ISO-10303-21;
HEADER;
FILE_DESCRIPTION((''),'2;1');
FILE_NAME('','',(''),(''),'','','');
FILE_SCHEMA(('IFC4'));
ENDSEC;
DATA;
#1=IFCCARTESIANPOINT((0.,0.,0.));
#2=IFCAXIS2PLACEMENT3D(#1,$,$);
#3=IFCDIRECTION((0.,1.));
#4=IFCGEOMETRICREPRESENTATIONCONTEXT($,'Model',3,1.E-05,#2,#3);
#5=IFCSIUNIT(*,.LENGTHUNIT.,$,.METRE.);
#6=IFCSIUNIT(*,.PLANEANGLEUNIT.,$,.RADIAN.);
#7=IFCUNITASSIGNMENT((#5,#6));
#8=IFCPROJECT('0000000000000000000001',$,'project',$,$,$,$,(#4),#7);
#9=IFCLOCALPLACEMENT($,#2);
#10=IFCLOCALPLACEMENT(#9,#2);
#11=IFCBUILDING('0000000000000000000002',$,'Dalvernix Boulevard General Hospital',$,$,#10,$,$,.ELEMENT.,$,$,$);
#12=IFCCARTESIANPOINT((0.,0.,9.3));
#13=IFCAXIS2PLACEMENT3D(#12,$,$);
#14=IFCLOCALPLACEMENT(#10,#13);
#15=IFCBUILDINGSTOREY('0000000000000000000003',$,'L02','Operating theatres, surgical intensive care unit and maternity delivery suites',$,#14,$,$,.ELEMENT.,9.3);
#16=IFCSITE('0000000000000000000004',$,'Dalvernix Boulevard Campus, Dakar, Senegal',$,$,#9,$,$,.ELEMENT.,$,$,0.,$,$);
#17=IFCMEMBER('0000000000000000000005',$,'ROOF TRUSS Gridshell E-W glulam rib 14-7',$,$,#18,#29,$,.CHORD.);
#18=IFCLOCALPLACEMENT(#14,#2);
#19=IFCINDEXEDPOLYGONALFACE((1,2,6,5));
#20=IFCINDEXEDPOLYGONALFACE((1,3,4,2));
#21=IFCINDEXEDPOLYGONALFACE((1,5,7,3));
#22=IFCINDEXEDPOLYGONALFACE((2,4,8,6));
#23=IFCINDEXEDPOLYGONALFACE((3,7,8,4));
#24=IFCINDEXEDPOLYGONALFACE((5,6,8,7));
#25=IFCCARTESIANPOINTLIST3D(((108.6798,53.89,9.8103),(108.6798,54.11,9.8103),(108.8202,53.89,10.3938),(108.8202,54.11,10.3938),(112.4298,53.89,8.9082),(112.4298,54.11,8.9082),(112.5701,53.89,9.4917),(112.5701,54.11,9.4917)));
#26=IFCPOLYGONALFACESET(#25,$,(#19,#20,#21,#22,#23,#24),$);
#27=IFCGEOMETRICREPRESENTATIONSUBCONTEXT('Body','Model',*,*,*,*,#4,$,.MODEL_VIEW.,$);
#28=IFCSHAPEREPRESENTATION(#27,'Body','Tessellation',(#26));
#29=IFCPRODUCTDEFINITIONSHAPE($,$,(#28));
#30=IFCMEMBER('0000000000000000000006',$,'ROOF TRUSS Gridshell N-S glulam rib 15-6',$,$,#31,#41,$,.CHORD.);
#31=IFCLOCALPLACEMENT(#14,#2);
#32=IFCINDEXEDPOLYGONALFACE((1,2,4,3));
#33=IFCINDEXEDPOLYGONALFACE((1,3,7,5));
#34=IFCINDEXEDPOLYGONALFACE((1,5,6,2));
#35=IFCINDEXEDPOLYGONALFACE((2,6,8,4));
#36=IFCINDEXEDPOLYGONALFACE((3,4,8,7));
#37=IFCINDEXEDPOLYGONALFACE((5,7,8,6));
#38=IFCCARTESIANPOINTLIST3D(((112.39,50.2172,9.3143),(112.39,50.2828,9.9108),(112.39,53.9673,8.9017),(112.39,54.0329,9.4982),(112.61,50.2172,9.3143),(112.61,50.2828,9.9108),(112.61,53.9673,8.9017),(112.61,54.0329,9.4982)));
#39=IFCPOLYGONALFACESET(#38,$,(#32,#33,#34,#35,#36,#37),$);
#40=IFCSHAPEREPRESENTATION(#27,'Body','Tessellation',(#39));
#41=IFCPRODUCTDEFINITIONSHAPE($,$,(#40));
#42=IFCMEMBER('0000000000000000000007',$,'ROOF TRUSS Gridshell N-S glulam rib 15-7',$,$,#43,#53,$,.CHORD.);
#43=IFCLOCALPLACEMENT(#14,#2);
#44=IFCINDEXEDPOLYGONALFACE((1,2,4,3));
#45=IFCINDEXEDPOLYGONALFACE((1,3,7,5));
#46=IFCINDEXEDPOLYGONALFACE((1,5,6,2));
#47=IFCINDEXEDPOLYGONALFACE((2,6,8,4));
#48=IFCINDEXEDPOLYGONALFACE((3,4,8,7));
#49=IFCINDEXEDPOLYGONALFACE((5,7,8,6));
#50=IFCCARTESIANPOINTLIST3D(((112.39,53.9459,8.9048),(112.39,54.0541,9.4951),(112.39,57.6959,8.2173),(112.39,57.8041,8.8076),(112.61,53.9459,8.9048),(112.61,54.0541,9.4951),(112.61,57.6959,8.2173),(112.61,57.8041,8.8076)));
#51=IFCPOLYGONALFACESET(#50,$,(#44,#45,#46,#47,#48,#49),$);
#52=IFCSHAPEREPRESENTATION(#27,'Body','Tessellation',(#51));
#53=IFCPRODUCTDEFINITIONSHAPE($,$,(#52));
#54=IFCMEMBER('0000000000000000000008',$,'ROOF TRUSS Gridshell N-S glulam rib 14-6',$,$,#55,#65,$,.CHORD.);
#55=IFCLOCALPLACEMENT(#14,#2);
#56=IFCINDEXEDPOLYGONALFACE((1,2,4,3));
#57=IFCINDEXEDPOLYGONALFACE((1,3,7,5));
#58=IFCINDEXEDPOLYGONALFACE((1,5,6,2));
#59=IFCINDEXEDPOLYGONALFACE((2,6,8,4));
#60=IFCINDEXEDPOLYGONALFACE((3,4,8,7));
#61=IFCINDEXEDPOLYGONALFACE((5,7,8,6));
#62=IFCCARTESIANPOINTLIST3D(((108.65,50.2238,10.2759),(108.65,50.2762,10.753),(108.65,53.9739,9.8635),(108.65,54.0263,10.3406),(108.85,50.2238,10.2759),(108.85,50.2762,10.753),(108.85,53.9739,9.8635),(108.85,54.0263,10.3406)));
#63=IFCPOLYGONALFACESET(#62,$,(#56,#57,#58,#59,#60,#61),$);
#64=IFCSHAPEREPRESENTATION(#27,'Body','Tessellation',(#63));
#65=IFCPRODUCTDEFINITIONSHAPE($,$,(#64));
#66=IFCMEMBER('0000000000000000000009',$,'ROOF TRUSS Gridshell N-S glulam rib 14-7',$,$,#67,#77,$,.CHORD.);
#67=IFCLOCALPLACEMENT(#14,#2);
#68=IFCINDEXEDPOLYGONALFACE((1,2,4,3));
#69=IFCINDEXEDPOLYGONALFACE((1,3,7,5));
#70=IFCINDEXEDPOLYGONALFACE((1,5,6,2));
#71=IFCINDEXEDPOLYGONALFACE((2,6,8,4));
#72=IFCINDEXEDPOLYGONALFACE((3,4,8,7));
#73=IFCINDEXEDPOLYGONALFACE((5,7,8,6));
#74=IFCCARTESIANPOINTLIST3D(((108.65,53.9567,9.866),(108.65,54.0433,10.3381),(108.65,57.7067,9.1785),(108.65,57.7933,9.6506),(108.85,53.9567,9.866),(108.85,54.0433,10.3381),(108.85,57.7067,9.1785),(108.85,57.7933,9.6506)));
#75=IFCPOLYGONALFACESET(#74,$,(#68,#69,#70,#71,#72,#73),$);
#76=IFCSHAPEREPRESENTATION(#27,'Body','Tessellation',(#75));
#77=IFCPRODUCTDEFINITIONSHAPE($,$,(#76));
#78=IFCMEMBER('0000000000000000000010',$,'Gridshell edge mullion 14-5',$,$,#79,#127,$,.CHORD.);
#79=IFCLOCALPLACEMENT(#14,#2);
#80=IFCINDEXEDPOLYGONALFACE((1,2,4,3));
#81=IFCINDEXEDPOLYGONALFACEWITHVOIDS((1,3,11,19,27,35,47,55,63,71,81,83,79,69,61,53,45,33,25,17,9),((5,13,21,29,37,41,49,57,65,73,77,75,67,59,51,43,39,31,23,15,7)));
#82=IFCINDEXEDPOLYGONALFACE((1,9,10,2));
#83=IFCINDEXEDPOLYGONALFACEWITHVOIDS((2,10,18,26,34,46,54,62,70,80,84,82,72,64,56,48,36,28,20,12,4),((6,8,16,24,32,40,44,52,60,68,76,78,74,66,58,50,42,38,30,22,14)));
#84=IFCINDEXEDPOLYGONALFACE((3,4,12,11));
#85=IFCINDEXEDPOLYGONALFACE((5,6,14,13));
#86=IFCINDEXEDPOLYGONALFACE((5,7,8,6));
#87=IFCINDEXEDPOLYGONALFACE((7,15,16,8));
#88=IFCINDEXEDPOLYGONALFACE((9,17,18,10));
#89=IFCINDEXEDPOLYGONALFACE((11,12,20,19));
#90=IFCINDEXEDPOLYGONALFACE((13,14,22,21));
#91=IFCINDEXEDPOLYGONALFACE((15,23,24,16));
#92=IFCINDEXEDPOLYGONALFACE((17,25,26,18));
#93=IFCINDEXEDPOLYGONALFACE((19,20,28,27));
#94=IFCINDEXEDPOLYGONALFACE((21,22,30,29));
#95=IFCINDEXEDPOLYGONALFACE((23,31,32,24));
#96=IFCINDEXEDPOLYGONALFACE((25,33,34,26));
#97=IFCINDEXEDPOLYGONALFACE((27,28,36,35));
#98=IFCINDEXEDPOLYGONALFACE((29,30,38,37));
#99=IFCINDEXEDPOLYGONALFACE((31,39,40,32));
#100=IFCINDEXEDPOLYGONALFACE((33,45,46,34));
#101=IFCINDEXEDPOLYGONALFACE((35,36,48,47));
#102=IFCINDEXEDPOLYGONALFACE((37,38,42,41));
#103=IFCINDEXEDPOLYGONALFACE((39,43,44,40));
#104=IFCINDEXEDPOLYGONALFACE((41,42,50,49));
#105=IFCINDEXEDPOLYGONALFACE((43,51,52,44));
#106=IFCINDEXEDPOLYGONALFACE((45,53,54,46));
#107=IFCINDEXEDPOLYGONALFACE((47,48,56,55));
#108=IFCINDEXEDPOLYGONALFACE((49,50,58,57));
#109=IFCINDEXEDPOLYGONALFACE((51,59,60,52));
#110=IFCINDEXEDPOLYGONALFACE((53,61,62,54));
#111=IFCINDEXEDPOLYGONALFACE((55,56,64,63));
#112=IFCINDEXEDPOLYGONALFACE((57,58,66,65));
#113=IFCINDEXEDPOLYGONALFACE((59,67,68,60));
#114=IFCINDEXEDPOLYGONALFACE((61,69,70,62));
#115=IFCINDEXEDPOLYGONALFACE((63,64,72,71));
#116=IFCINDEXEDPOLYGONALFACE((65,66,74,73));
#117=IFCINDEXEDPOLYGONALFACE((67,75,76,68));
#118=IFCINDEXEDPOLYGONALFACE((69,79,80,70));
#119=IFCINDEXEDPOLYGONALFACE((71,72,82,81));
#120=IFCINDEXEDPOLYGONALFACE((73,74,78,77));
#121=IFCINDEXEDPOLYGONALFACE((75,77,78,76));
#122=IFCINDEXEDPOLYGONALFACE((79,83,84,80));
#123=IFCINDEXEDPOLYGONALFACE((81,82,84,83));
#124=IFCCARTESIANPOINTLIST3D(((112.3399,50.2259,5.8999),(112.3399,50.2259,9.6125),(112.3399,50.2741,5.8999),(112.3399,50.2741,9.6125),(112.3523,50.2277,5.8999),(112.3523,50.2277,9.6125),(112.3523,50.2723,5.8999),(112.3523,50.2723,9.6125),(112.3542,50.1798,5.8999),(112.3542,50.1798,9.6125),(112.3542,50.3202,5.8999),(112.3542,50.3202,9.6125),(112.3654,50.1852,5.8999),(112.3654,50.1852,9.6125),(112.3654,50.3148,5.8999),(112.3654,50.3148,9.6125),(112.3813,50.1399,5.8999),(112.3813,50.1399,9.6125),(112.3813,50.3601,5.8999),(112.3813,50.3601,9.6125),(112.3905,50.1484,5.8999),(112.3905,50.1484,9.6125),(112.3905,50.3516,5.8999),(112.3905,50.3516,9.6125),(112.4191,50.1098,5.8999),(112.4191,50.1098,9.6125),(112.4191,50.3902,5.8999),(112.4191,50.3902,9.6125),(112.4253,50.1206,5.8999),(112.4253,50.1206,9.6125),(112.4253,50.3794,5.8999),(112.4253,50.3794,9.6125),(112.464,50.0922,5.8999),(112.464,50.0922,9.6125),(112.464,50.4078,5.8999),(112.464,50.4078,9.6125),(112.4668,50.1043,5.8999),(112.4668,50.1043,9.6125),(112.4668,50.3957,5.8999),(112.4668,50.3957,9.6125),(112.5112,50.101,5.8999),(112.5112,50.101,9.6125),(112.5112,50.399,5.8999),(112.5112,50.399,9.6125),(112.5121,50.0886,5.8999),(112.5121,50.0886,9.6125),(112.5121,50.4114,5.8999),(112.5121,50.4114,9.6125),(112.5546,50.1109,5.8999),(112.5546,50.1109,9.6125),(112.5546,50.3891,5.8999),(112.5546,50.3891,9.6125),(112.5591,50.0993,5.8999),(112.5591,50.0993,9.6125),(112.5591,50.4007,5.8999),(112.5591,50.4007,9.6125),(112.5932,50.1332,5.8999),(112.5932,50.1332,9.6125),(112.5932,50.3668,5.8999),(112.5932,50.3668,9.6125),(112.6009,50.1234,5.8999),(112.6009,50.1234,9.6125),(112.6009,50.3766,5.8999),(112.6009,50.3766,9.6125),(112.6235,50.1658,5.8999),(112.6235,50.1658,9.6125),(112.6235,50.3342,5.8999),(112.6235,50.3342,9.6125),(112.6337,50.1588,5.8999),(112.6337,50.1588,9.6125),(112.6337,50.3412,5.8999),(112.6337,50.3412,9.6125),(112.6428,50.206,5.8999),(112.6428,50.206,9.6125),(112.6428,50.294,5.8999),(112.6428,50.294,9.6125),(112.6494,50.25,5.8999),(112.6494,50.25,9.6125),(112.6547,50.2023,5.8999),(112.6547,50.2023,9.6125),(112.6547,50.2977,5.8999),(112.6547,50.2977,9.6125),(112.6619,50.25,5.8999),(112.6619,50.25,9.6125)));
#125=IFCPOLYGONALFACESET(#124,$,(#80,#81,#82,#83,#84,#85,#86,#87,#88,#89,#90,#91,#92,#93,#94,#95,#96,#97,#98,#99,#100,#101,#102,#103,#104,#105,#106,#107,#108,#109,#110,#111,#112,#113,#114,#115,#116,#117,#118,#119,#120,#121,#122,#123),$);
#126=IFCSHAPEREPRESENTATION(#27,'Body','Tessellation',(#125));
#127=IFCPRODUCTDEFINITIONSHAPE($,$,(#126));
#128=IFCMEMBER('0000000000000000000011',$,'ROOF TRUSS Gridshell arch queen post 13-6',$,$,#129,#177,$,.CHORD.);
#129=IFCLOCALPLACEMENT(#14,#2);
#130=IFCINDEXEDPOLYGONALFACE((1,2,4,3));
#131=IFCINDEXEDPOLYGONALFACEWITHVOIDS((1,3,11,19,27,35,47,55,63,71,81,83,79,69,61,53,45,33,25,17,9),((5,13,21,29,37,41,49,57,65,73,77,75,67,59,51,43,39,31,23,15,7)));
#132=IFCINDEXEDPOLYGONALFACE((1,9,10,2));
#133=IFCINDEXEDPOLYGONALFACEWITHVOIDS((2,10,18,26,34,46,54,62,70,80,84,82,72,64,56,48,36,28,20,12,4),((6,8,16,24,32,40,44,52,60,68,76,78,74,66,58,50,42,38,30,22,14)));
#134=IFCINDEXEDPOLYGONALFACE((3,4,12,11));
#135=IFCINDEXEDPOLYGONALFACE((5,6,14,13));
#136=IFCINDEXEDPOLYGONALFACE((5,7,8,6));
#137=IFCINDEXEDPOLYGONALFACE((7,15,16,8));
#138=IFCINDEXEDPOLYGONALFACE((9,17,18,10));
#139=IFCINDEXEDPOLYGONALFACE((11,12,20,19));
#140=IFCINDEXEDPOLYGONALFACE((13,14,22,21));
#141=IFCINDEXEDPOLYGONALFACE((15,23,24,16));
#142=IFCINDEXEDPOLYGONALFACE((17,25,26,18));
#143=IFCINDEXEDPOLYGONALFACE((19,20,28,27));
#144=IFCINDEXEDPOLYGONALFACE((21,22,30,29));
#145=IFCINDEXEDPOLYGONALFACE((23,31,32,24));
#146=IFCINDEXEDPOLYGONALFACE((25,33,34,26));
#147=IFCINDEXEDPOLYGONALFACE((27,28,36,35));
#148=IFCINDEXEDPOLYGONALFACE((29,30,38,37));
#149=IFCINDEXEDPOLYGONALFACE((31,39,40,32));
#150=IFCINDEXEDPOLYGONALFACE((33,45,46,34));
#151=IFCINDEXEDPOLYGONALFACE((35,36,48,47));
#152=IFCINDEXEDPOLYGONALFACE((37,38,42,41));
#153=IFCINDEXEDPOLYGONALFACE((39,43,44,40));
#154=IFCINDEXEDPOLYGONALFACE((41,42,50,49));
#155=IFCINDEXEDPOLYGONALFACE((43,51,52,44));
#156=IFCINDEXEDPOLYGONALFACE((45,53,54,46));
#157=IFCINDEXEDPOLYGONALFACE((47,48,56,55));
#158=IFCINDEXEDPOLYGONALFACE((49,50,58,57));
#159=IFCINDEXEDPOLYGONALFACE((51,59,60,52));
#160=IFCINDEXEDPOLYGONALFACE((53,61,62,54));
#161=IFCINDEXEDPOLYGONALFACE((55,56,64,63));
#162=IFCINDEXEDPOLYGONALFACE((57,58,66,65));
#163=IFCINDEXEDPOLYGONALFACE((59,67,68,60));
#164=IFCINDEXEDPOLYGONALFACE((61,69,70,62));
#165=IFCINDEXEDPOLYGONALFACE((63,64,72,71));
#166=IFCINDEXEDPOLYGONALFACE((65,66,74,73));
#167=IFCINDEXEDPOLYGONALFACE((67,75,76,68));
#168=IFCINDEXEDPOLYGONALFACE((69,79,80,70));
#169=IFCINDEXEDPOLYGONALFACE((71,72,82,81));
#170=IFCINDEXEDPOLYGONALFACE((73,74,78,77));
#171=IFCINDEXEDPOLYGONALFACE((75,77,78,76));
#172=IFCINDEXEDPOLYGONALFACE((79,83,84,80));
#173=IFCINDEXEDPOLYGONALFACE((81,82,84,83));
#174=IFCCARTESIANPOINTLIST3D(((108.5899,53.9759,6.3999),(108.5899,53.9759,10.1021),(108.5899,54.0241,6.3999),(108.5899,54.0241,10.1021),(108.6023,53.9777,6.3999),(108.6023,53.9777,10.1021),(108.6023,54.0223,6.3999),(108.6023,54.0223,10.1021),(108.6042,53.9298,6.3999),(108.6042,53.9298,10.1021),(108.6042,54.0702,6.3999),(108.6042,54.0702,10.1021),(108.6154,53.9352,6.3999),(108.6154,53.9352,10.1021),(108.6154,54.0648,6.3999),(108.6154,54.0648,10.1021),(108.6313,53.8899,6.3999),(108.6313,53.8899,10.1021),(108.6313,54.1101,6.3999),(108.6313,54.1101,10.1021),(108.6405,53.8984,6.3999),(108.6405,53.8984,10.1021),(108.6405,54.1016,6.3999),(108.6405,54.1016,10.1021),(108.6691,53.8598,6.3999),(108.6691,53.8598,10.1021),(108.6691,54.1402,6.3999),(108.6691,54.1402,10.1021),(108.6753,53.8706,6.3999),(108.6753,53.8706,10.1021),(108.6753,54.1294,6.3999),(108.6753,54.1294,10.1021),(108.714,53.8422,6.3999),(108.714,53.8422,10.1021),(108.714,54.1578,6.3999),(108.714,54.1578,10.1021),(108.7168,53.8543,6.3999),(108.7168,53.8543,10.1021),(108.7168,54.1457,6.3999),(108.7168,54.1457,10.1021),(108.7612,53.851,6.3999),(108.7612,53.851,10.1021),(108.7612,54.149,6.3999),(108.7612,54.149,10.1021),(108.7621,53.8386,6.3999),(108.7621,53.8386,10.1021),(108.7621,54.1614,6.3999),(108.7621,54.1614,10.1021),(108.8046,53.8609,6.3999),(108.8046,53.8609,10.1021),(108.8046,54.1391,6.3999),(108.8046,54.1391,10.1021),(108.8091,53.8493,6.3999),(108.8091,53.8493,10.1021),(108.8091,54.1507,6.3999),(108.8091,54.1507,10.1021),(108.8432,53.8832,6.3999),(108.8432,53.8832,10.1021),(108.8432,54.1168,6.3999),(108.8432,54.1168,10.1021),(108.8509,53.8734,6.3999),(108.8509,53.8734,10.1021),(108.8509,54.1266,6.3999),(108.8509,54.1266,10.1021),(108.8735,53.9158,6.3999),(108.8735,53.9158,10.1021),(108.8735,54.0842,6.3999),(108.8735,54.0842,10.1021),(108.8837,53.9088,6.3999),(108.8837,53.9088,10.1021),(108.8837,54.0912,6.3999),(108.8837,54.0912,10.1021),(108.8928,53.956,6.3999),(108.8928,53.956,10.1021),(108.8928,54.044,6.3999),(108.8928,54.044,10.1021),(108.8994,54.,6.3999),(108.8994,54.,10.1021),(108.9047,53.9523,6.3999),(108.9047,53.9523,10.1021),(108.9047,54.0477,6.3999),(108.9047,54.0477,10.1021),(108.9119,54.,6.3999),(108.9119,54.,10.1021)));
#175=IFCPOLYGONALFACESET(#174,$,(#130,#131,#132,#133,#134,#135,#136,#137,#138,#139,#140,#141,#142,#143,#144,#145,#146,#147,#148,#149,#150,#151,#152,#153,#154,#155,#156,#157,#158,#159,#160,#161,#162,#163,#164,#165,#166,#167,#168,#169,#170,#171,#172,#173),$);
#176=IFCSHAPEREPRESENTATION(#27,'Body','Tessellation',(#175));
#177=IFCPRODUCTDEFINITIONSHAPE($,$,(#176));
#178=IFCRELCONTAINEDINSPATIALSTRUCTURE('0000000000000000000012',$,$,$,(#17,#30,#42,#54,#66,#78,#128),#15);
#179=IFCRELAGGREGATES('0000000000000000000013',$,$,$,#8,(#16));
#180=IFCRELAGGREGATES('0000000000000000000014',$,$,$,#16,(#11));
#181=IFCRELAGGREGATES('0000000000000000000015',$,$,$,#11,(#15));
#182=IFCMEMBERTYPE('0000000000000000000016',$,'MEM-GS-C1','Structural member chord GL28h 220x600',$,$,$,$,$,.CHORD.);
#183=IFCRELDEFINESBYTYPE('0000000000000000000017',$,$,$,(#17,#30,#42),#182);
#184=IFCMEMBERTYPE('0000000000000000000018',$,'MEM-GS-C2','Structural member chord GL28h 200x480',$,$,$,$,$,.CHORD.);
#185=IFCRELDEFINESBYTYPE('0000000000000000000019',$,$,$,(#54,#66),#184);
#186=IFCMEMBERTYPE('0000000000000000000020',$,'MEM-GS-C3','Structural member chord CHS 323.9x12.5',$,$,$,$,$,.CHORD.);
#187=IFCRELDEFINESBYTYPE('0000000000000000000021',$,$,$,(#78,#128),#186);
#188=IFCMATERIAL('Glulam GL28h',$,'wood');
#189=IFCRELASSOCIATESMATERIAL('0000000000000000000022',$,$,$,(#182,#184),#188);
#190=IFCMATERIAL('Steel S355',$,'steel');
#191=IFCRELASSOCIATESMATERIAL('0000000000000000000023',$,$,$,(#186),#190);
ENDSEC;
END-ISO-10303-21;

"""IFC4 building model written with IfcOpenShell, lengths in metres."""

from ifc_helpers import new_model, si_unit, direction, frame, origin, origin_2d, place, context, subcontext, project, spatial, rectangle, hollow_circle, extrude, material, material_profile, profile_set, type_object, element, save


model = new_model("IFC4")

# Units and contexts
model_context = context("Model", 3, precision=1e-05, world=origin(), true_north=direction((0.0, 1.0)))
body_context = subcontext(model_context, "Body", "Model", "MODEL_VIEW")
ifc_project = project(units=[si_unit("LENGTHUNIT", "METRE"), si_unit("PLANEANGLEUNIT", "RADIAN")], contexts=[model_context])

# Site, building, storey
site_placement = place(None, origin())
site = spatial("IfcSite", under=ifc_project, at=site_placement, Name="Dalvernix Boulevard Campus, Dakar, Senegal", CompositionType="ELEMENT", RefElevation=0.0)
building_placement = place(site_placement, origin())
building = spatial("IfcBuilding", under=site, at=building_placement, Name="Dalvernix Boulevard General Hospital", CompositionType="ELEMENT")
storey_placement = place(building_placement, frame((0.0, 0.0, 9.3)))
storey = spatial("IfcBuildingStorey", under=building, at=storey_placement, Name="L02", Description="Operating theatres, surgical intensive care unit and maternity delivery suites", CompositionType="ELEMENT", Elevation=9.3)

# Shared definitions
ifc_material_1 = material(Name="Steel S355", Category="steel")

# Members
ifc_material_2 = material(Name="Glulam GL28h", Category="wood")
ifc_material_profile_1 = material_profile(ifc_material_2, rectangle(XDim=0.22, YDim=0.6001, at=origin_2d()), Name="GL28h 220x600")
ifc_profile_set_1 = profile_set([ifc_material_profile_1], Name="Glulam GL28h")
member_type_1 = type_object("IfcMemberType", Name="MEM-GS-C1", Description="Structural member chord GL28h 220x600", PredefinedType="CHORD", material=ifc_profile_set_1)
member_1_placement = place(storey_placement, frame((108.75, 54.0, 10.1021), z_axis=(0.972264, 0.0, -0.233888), x_axis=(0.0, 1.0, 0.0)))
element("IfcMember", 1, at=member_1_placement, inside=storey, type_object=member_type_1, Name="ROOF TRUSS Gridshell E-W glulam rib 14-7", PredefinedType="CHORD", context=body_context, shape_type="SweptSolid", body=[
    extrude(rectangle(XDim=0.22, YDim=0.6001, at=origin_2d()), origin(), (0.0, 0.0, 1.0), 3.8569),
])
member_2_placement = place(storey_placement, frame((112.5, 50.25, 9.6125), z_axis=(0.0, 0.994002, -0.109366), x_axis=(-1.0, 0.0, 0.0)))
element("IfcMember", 2, at=member_2_placement, inside=storey, type_object=member_type_1, Name="ROOF TRUSS Gridshell N-S glulam rib 15-6", PredefinedType="CHORD", context=body_context, shape_type="SweptSolid", body=[
    extrude(rectangle(XDim=0.22, YDim=0.6001, at=origin_2d()), origin(), (0.0, 0.0, 1.0), 3.7727),
])
member_3_placement = place(storey_placement, frame((112.5, 54.0, 9.2), z_axis=(0.0, 0.983607, -0.180328), x_axis=(-1.0, 0.0, 0.0)))
element("IfcMember", 3, at=member_3_placement, inside=storey, type_object=member_type_1, Name="ROOF TRUSS Gridshell N-S glulam rib 15-7", PredefinedType="CHORD", context=body_context, shape_type="SweptSolid", body=[
    extrude(rectangle(XDim=0.22, YDim=0.6001, at=origin_2d()), origin(), (0.0, 0.0, 1.0), 3.8125),
])
ifc_material_profile_2 = material_profile(ifc_material_2, rectangle(XDim=0.2, YDim=0.48, at=origin_2d()), Name="GL28h 200x480")
ifc_profile_set_2 = profile_set([ifc_material_profile_2], Name="Glulam GL28h")
member_type_2 = type_object("IfcMemberType", Name="MEM-GS-C2", Description="Structural member chord GL28h 200x480", PredefinedType="CHORD", material=ifc_profile_set_2)
member_4_placement = place(storey_placement, frame((108.75, 50.25, 10.5144), z_axis=(0.0, 0.994009, -0.109302), x_axis=(-1.0, 0.0, 0.0)))
element("IfcMember", 4, at=member_4_placement, inside=storey, type_object=member_type_2, Name="ROOF TRUSS Gridshell N-S glulam rib 14-6", PredefinedType="CHORD", context=body_context, shape_type="SweptSolid", body=[
    extrude(rectangle(XDim=0.2, YDim=0.48, at=origin_2d()), origin(), (0.0, 0.0, 1.0), 3.7727),
])
member_5_placement = place(storey_placement, frame((108.75, 54.0, 10.1021), z_axis=(0.0, 0.983607, -0.180328), x_axis=(-1.0, 0.0, 0.0)))
element("IfcMember", 5, at=member_5_placement, inside=storey, type_object=member_type_2, Name="ROOF TRUSS Gridshell N-S glulam rib 14-7", PredefinedType="CHORD", context=body_context, shape_type="SweptSolid", body=[
    extrude(rectangle(XDim=0.2, YDim=0.48, at=origin_2d()), origin(), (0.0, 0.0, 1.0), 3.8125),
])
ifc_material_profile_3 = material_profile(ifc_material_1, hollow_circle(Radius=0.1619, WallThickness=0.0125, at=origin_2d()), Name="CHS 323.9x12.5")
ifc_profile_set_3 = profile_set([ifc_material_profile_3], Name="Steel S355")
member_type_3 = type_object("IfcMemberType", Name="MEM-GS-C3", Description="Structural member chord CHS 323.9x12.5", PredefinedType="CHORD", material=ifc_profile_set_3)
member_6_placement = place(storey_placement, frame((112.5, 50.25, 5.8999), z_axis=(0.0, 0.0, 1.0), x_axis=(1.0, 0.0, 0.0)))
element("IfcMember", 6, at=member_6_placement, inside=storey, type_object=member_type_3, Name="Gridshell edge mullion 14-5", PredefinedType="CHORD", context=body_context, shape_type="SweptSolid", body=[
    extrude(hollow_circle(Radius=0.1619, WallThickness=0.0125, at=origin_2d()), origin(), (0.0, 0.0, 1.0), 3.7126),
])
member_7_placement = place(storey_placement, frame((108.75, 54.0, 6.3999), z_axis=(0.0, 0.0, 1.0), x_axis=(1.0, 0.0, 0.0)))
element("IfcMember", 7, at=member_7_placement, inside=storey, type_object=member_type_3, Name="ROOF TRUSS Gridshell arch queen post 13-6", PredefinedType="CHORD", context=body_context, shape_type="SweptSolid", body=[
    extrude(hollow_circle(Radius=0.1619, WallThickness=0.0125, at=origin_2d()), origin(), (0.0, 0.0, 1.0), 3.7021),
])

save(model, "model.ifc")
